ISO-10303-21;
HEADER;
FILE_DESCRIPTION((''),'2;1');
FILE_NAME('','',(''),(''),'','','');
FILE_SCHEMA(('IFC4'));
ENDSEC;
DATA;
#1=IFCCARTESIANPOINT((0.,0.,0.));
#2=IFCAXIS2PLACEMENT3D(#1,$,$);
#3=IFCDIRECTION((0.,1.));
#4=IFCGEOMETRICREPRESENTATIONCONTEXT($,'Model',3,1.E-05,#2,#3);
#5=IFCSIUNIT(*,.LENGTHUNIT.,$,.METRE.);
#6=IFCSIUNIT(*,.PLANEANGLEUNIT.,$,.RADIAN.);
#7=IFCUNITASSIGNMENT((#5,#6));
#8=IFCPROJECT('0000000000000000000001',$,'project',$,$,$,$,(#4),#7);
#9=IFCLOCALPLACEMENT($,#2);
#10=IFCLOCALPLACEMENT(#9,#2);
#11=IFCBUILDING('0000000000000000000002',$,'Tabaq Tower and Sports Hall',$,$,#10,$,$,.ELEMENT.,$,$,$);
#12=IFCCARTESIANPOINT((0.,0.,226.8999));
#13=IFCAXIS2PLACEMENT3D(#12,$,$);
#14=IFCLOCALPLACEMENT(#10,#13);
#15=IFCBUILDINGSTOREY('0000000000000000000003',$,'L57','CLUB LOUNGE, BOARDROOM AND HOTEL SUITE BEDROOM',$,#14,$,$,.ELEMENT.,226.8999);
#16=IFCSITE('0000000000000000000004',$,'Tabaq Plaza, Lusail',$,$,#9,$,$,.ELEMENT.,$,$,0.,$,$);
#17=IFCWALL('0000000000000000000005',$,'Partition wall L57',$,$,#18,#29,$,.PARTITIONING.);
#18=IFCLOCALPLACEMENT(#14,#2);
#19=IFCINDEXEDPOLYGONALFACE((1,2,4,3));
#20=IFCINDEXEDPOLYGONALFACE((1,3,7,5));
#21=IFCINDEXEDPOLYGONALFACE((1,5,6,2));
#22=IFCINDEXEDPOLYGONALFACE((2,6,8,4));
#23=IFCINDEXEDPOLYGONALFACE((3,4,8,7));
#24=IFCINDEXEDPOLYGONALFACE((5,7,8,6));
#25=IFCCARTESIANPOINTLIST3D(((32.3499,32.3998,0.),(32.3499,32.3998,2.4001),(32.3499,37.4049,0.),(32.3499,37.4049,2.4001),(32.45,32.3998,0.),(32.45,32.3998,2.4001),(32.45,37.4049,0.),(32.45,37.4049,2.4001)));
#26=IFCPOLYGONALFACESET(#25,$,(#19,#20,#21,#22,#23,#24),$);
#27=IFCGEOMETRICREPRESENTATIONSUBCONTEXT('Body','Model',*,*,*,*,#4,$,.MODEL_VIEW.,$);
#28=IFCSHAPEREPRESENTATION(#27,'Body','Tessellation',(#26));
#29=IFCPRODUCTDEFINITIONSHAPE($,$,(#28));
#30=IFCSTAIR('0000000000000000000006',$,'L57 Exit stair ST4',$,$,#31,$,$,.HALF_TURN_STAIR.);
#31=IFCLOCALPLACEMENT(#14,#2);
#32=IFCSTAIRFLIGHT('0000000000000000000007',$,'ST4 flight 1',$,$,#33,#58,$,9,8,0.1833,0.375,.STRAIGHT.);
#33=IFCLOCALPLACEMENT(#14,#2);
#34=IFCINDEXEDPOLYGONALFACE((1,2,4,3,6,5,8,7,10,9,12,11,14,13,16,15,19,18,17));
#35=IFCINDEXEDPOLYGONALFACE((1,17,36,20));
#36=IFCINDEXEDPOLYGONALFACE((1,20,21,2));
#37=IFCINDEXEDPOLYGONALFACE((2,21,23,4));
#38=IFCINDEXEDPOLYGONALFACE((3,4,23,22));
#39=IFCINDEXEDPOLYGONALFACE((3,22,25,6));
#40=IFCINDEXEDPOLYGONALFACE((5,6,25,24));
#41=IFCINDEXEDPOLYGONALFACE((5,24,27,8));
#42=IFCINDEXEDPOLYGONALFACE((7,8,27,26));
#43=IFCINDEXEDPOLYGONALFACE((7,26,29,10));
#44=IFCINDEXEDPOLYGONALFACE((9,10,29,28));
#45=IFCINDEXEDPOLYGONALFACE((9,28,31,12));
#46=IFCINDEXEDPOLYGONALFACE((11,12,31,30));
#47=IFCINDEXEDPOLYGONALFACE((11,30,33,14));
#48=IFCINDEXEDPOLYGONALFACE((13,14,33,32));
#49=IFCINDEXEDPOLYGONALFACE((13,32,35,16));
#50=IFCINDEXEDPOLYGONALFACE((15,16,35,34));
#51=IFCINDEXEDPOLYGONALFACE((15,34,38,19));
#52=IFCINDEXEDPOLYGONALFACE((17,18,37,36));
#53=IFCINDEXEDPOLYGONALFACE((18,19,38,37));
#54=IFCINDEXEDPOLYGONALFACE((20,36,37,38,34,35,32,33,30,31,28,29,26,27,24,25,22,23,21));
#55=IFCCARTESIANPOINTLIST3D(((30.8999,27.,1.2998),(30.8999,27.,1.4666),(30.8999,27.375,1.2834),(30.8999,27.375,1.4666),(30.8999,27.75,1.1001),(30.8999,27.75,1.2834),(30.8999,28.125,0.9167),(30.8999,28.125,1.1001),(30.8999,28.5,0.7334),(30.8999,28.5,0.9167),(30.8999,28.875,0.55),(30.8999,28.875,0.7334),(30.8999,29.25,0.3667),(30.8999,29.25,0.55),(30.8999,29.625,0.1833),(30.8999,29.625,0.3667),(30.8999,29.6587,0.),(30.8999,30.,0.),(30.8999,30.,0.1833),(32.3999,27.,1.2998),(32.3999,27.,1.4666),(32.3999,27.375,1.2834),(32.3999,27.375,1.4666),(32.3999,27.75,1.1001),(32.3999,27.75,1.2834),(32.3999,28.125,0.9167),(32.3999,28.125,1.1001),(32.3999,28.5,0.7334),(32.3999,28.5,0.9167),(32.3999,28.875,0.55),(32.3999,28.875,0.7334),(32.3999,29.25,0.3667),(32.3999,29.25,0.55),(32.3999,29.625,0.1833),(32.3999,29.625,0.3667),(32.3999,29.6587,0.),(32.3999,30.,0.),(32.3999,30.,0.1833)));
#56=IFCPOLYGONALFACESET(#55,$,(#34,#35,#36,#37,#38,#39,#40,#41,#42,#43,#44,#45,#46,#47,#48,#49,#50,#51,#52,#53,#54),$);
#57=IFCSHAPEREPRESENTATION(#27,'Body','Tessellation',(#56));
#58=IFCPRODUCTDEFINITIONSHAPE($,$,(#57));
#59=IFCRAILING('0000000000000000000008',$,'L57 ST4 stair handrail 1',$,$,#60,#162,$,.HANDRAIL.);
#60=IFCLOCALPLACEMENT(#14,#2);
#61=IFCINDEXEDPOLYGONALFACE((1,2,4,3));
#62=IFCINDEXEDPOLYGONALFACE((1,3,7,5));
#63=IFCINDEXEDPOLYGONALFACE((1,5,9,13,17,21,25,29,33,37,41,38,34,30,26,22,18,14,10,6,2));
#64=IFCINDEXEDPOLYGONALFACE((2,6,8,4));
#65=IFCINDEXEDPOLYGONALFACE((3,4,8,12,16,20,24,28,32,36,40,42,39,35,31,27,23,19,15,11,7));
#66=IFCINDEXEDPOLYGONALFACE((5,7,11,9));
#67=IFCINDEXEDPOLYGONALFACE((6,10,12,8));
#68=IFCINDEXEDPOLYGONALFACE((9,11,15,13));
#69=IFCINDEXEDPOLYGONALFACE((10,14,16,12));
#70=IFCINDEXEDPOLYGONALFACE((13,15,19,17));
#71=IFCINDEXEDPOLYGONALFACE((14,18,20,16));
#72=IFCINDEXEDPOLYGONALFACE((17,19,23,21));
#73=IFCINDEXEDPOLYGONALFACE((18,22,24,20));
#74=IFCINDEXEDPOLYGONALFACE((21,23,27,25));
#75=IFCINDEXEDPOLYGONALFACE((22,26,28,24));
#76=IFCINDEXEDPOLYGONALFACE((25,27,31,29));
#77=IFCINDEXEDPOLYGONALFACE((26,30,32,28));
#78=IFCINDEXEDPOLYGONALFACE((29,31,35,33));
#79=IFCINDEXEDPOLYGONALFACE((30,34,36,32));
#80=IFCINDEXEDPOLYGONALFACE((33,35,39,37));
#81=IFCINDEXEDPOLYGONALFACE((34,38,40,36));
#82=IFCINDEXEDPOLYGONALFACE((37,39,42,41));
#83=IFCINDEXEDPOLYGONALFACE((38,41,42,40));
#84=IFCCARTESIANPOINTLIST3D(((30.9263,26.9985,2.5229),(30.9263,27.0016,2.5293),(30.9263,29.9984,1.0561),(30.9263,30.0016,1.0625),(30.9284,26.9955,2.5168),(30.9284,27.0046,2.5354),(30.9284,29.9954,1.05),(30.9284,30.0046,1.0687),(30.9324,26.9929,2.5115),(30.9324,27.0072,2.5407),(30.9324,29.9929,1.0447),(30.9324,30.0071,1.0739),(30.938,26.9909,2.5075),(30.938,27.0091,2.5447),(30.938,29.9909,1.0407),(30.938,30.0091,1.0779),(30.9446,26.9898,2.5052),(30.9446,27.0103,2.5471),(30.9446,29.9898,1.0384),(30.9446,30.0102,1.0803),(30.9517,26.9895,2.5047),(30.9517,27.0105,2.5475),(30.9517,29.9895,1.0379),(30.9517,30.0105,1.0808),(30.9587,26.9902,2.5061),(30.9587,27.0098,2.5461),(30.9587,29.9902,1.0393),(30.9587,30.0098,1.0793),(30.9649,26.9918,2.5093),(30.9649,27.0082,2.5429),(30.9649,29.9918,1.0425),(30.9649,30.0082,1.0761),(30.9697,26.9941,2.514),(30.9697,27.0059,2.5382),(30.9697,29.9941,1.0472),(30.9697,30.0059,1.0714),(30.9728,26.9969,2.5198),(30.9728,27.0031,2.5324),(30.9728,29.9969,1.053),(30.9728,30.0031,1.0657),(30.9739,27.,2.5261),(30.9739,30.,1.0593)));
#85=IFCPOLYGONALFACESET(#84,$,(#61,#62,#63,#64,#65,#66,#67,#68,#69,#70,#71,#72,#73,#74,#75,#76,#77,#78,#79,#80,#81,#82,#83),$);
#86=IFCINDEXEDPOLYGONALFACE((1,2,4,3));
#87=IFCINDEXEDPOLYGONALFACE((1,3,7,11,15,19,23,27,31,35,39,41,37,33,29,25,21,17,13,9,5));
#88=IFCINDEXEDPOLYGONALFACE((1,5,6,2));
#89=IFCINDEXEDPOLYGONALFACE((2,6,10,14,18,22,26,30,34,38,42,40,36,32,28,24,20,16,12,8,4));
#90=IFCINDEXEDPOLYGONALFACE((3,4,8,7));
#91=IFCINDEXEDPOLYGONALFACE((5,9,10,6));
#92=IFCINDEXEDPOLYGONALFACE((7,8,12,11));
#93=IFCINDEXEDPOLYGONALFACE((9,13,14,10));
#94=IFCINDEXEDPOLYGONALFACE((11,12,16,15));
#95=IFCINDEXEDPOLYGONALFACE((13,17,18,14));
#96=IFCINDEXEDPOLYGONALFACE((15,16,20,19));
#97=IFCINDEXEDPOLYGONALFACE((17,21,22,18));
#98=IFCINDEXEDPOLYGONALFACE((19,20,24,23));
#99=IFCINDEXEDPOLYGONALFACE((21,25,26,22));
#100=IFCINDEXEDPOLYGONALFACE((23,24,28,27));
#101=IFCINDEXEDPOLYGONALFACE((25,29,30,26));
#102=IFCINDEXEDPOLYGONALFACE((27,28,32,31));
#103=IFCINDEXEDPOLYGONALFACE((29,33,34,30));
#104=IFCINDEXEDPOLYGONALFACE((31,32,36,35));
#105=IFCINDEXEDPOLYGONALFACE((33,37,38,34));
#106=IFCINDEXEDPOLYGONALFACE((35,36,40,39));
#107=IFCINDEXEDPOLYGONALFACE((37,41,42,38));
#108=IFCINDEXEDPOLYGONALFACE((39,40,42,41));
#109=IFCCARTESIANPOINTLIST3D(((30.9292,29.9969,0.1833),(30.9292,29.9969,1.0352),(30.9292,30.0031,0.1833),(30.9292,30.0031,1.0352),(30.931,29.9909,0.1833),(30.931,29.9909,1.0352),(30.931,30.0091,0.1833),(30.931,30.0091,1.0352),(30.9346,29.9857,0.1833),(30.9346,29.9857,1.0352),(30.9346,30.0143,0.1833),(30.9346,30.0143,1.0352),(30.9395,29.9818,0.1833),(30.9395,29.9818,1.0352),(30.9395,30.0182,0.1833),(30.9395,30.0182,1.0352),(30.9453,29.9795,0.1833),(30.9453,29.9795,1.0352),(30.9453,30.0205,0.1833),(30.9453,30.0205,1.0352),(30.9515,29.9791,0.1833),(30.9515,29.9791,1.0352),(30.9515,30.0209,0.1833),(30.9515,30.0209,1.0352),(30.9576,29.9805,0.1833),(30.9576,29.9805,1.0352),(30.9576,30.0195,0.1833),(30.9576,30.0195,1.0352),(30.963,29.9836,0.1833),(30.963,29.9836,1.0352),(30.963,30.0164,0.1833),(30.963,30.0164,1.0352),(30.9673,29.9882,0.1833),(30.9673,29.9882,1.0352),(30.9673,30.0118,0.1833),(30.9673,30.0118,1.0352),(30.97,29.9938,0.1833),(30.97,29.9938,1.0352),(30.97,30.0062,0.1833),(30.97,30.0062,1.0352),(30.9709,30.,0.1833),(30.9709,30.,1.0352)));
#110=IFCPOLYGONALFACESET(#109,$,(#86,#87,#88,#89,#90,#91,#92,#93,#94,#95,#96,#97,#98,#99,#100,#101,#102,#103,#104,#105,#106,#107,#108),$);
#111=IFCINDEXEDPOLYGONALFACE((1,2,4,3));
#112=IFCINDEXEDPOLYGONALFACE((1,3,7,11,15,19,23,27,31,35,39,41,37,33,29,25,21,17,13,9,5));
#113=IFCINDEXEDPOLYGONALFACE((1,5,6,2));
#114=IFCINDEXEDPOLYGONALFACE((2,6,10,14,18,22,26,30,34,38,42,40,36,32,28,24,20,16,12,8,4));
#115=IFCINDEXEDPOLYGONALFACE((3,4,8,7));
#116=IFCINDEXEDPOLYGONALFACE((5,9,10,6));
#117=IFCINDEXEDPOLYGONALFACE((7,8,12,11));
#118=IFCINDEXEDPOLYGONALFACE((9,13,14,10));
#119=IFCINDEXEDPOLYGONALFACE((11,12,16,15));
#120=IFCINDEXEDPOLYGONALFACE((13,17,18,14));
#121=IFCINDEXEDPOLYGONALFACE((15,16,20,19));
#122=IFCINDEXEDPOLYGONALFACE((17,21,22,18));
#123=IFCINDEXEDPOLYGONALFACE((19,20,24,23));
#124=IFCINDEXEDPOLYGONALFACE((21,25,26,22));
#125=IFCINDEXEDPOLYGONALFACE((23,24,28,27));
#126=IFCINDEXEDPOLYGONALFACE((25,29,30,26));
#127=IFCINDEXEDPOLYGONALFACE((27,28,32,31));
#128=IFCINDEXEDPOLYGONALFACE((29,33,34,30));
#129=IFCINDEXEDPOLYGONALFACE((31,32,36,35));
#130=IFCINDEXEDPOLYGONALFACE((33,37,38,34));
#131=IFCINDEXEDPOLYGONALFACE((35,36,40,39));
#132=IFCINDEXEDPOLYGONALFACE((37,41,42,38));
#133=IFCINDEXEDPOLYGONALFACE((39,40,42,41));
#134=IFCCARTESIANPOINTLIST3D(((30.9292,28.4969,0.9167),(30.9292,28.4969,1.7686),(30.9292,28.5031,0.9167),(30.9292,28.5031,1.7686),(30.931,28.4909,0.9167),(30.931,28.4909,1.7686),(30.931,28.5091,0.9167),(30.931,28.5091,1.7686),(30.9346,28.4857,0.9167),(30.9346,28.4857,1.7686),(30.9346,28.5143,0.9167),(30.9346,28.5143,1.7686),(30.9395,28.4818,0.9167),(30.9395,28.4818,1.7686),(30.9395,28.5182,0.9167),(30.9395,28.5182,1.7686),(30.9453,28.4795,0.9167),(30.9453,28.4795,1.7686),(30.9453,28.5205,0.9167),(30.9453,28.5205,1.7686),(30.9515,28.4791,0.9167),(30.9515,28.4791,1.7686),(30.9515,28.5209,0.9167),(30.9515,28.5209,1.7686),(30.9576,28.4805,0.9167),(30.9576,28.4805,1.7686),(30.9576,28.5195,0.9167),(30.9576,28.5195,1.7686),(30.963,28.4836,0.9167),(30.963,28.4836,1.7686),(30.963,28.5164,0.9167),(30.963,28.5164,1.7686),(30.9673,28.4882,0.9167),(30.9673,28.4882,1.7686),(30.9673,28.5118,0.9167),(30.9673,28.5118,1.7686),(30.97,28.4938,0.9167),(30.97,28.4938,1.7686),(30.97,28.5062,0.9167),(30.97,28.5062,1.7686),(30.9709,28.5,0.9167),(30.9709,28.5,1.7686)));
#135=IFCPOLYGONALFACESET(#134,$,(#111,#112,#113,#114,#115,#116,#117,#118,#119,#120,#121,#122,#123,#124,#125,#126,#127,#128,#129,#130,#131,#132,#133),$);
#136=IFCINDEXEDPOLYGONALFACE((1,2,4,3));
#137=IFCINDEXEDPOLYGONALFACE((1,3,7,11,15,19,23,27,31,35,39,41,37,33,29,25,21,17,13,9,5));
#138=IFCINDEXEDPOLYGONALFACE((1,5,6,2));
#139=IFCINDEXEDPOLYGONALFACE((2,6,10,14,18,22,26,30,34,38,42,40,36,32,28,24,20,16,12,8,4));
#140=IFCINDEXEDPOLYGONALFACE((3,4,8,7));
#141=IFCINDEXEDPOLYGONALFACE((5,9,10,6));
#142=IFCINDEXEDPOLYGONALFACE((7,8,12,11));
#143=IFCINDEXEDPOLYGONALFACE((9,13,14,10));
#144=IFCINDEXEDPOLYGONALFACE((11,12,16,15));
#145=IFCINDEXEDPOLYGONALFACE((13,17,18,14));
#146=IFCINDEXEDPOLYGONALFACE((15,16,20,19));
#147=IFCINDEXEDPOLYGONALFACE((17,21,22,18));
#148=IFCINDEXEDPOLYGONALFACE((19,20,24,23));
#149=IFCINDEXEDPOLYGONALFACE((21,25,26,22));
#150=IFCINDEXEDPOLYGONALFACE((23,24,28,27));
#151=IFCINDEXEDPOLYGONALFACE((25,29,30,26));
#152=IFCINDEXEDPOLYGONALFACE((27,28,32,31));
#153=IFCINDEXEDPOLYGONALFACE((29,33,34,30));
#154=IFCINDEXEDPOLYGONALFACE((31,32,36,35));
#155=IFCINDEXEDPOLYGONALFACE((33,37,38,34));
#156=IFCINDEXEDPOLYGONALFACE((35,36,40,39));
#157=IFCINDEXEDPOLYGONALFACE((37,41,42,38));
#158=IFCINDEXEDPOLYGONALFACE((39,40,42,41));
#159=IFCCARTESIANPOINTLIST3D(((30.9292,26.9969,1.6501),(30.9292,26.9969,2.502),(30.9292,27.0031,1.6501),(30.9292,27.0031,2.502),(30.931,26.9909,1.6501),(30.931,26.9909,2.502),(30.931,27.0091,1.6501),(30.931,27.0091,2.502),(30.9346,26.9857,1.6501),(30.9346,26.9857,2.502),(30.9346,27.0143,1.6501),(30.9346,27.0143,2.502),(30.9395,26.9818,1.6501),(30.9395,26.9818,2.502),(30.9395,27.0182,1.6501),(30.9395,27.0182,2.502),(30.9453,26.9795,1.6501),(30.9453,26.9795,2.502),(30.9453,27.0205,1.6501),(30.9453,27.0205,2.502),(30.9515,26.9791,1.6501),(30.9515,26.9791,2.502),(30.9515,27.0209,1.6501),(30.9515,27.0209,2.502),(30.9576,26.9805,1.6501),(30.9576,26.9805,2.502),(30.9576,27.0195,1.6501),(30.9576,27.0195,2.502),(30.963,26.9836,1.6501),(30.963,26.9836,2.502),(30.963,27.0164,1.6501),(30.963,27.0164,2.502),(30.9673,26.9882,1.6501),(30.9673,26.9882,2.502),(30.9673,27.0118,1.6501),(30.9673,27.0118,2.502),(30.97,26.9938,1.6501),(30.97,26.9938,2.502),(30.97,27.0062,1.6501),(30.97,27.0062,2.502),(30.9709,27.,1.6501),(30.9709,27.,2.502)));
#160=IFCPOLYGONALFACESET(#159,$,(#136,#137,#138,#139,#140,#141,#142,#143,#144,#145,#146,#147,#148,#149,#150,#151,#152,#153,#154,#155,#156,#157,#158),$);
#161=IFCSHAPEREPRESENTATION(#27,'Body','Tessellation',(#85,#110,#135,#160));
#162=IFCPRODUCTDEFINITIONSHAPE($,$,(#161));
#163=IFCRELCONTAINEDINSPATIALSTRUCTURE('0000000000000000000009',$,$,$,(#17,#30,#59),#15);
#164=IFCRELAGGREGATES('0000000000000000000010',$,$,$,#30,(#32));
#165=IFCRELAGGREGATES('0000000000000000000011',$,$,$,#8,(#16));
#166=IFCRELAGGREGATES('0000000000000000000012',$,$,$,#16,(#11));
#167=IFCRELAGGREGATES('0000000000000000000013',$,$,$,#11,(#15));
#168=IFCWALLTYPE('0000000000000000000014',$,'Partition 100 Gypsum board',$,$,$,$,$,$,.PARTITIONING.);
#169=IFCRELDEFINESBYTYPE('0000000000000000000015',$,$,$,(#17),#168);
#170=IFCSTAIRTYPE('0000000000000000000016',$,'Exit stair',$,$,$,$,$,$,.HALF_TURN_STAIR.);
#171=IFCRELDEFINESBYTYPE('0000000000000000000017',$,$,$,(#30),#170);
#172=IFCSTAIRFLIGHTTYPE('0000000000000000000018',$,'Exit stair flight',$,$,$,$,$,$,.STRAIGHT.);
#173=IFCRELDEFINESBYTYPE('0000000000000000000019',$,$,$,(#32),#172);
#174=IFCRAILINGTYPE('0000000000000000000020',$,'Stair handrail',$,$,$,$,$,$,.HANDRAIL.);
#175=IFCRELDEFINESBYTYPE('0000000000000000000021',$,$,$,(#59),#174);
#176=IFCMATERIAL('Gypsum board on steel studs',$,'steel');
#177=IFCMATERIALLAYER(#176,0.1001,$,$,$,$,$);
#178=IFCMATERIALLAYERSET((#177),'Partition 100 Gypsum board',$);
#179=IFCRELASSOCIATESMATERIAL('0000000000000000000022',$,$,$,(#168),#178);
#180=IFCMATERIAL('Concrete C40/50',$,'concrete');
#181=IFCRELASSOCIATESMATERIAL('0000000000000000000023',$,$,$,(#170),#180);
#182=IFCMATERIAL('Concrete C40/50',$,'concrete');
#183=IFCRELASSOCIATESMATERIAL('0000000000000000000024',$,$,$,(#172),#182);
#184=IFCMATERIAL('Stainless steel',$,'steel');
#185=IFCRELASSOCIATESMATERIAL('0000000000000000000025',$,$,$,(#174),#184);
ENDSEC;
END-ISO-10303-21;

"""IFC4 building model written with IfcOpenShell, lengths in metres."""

from ifc_helpers import new_model, si_unit, direction, frame, frame_2d, origin, origin_2d, place, context, subcontext, project, spatial, polyline, rectangle, circle, outline, extrude, material, layer, layer_set, type_object, element, aggregate, save


model = new_model("IFC4")

# Units and contexts
model_context = context("Model", 3, precision=1e-05, world=origin(), true_north=direction((0.0, 1.0)))
body_context = subcontext(model_context, "Body", "Model", "MODEL_VIEW")
ifc_project = project(units=[si_unit("LENGTHUNIT", "METRE"), si_unit("PLANEANGLEUNIT", "RADIAN")], contexts=[model_context])

# Site, building, storey
site_placement = place(None, origin())
site = spatial("IfcSite", under=ifc_project, at=site_placement, Name="Tabaq Plaza, Lusail", CompositionType="ELEMENT", RefElevation=0.0)
building_placement = place(site_placement, origin())
building = spatial("IfcBuilding", under=site, at=building_placement, Name="Tabaq Tower and Sports Hall", CompositionType="ELEMENT")
storey_placement = place(building_placement, frame((0.0, 0.0, 226.8999)))
storey = spatial("IfcBuildingStorey", under=building, at=storey_placement, Name="L57", Description="CLUB LOUNGE, BOARDROOM AND HOTEL SUITE BEDROOM", CompositionType="ELEMENT", Elevation=226.8999)

# Wall
ifc_material_1 = material(Name="Gypsum board on steel studs", Category="steel")
ifc_layer_1 = layer(ifc_material_1, 0.1001)
ifc_layer_set_1 = layer_set([ifc_layer_1], Name="Partition 100 Gypsum board")
wall_type_1 = type_object("IfcWallType", Name="Partition 100 Gypsum board", PredefinedType="PARTITIONING", material=ifc_layer_set_1)
wall_1_placement = place(storey_placement, frame((32.3999, 32.3999, 0.0), z_axis=(0.0, 0.0, 1.0), x_axis=(0.0, 1.0, 0.0)))
element("IfcWall", 1, at=wall_1_placement, inside=storey, type_object=wall_type_1, Name="Partition wall L57", PredefinedType="PARTITIONING", context=body_context, shape_type="SweptSolid", body=[
    extrude(rectangle(XDim=5.0051, YDim=0.1001, at=frame_2d((2.5024, 0.0))), origin(), (0.0, 0.0, 1.0), 2.4001),
])

# Stair, stair flight
ifc_material_2 = material(Name="Concrete C40/50", Category="concrete")
stair_type = type_object("IfcStairType", Name="Exit stair", PredefinedType="HALF_TURN_STAIR", material=ifc_material_2)
stair_placement = place(storey_placement, origin())
stair = element("IfcStair", 2, at=stair_placement, inside=storey, type_object=stair_type, Name="L57 Exit stair ST4", PredefinedType="HALF_TURN_STAIR")
ifc_material_3 = material(Name="Concrete C40/50", Category="concrete")
stair_flight_type = type_object("IfcStairFlightType", Name="Exit stair flight", PredefinedType="STRAIGHT", material=ifc_material_3)
stair_flight_placement = place(storey_placement, frame((31.6499, 30.0, 0.0), z_axis=(0.0, 0.0, 1.0), x_axis=(0.0, -1.0, 0.0)))
stair_flight = element("IfcStairFlight", 3, at=stair_flight_placement, type_object=stair_flight_type, Name="ST4 flight 1", NumberOfRisers=9, NumberOfTreads=8, PredefinedType="STRAIGHT", RiserHeight=0.1833, TreadLength=0.375, context=body_context, shape_type="SweptSolid", body=[
    extrude(outline(polyline([(0.0, 0.0), (0.0, 0.1833), (0.375, 0.1833), (0.375, 0.3667), (0.75, 0.3667), (0.75, 0.55), (1.125, 0.55), (1.125, 0.7334), (1.5, 0.7334), (1.5, 0.9167), (1.875, 0.9167), (1.875, 1.1001), (2.25, 1.1001), (2.25, 1.2834), (2.625, 1.2834), (2.625, 1.4666), (3.0, 1.4666), (3.0, 1.6499), (3.0, 1.2998), (0.3413, 0.0), (0.0, 0.0)])), frame((0.0, 0.75, 0.0), z_axis=(0.0, -1.0, 0.0), x_axis=(1.0, 0.0, 0.0)), (0.0, 0.0, 1.0), 1.5),
])
aggregate(stair, [stair_flight])

# Railing
ifc_material_4 = material(Name="Stainless steel", Category="steel")
railing_type = type_object("IfcRailingType", Name="Stair handrail", PredefinedType="HANDRAIL", material=ifc_material_4)
railing_placement = place(storey_placement, frame((30.95, 30.0, 0.1833)))
element("IfcRailing", 4, at=railing_placement, inside=storey, type_object=railing_type, Name="L57 ST4 stair handrail 1", PredefinedType="HANDRAIL", context=body_context, shape_type="SweptSolid", body=[
    extrude(circle(Radius=0.0239, at=origin_2d()), frame((0.0, 0.0, 0.876), z_axis=(0.0, -0.898369, 0.439242), x_axis=(1.0, 0.0, 0.0)), (0.0, 0.0, 1.0), 3.3394),
    extrude(circle(Radius=0.021, at=origin_2d()), origin(), (0.0, 0.0, 1.0), 0.8518),
    extrude(circle(Radius=0.021, at=origin_2d()), frame((0.0, -1.5, 0.7334)), (0.0, 0.0, 1.0), 0.8518),
    extrude(circle(Radius=0.021, at=origin_2d()), frame((0.0, -3.0, 1.4668)), (0.0, 0.0, 1.0), 0.8518),
])

save(model, "model.ifc")
